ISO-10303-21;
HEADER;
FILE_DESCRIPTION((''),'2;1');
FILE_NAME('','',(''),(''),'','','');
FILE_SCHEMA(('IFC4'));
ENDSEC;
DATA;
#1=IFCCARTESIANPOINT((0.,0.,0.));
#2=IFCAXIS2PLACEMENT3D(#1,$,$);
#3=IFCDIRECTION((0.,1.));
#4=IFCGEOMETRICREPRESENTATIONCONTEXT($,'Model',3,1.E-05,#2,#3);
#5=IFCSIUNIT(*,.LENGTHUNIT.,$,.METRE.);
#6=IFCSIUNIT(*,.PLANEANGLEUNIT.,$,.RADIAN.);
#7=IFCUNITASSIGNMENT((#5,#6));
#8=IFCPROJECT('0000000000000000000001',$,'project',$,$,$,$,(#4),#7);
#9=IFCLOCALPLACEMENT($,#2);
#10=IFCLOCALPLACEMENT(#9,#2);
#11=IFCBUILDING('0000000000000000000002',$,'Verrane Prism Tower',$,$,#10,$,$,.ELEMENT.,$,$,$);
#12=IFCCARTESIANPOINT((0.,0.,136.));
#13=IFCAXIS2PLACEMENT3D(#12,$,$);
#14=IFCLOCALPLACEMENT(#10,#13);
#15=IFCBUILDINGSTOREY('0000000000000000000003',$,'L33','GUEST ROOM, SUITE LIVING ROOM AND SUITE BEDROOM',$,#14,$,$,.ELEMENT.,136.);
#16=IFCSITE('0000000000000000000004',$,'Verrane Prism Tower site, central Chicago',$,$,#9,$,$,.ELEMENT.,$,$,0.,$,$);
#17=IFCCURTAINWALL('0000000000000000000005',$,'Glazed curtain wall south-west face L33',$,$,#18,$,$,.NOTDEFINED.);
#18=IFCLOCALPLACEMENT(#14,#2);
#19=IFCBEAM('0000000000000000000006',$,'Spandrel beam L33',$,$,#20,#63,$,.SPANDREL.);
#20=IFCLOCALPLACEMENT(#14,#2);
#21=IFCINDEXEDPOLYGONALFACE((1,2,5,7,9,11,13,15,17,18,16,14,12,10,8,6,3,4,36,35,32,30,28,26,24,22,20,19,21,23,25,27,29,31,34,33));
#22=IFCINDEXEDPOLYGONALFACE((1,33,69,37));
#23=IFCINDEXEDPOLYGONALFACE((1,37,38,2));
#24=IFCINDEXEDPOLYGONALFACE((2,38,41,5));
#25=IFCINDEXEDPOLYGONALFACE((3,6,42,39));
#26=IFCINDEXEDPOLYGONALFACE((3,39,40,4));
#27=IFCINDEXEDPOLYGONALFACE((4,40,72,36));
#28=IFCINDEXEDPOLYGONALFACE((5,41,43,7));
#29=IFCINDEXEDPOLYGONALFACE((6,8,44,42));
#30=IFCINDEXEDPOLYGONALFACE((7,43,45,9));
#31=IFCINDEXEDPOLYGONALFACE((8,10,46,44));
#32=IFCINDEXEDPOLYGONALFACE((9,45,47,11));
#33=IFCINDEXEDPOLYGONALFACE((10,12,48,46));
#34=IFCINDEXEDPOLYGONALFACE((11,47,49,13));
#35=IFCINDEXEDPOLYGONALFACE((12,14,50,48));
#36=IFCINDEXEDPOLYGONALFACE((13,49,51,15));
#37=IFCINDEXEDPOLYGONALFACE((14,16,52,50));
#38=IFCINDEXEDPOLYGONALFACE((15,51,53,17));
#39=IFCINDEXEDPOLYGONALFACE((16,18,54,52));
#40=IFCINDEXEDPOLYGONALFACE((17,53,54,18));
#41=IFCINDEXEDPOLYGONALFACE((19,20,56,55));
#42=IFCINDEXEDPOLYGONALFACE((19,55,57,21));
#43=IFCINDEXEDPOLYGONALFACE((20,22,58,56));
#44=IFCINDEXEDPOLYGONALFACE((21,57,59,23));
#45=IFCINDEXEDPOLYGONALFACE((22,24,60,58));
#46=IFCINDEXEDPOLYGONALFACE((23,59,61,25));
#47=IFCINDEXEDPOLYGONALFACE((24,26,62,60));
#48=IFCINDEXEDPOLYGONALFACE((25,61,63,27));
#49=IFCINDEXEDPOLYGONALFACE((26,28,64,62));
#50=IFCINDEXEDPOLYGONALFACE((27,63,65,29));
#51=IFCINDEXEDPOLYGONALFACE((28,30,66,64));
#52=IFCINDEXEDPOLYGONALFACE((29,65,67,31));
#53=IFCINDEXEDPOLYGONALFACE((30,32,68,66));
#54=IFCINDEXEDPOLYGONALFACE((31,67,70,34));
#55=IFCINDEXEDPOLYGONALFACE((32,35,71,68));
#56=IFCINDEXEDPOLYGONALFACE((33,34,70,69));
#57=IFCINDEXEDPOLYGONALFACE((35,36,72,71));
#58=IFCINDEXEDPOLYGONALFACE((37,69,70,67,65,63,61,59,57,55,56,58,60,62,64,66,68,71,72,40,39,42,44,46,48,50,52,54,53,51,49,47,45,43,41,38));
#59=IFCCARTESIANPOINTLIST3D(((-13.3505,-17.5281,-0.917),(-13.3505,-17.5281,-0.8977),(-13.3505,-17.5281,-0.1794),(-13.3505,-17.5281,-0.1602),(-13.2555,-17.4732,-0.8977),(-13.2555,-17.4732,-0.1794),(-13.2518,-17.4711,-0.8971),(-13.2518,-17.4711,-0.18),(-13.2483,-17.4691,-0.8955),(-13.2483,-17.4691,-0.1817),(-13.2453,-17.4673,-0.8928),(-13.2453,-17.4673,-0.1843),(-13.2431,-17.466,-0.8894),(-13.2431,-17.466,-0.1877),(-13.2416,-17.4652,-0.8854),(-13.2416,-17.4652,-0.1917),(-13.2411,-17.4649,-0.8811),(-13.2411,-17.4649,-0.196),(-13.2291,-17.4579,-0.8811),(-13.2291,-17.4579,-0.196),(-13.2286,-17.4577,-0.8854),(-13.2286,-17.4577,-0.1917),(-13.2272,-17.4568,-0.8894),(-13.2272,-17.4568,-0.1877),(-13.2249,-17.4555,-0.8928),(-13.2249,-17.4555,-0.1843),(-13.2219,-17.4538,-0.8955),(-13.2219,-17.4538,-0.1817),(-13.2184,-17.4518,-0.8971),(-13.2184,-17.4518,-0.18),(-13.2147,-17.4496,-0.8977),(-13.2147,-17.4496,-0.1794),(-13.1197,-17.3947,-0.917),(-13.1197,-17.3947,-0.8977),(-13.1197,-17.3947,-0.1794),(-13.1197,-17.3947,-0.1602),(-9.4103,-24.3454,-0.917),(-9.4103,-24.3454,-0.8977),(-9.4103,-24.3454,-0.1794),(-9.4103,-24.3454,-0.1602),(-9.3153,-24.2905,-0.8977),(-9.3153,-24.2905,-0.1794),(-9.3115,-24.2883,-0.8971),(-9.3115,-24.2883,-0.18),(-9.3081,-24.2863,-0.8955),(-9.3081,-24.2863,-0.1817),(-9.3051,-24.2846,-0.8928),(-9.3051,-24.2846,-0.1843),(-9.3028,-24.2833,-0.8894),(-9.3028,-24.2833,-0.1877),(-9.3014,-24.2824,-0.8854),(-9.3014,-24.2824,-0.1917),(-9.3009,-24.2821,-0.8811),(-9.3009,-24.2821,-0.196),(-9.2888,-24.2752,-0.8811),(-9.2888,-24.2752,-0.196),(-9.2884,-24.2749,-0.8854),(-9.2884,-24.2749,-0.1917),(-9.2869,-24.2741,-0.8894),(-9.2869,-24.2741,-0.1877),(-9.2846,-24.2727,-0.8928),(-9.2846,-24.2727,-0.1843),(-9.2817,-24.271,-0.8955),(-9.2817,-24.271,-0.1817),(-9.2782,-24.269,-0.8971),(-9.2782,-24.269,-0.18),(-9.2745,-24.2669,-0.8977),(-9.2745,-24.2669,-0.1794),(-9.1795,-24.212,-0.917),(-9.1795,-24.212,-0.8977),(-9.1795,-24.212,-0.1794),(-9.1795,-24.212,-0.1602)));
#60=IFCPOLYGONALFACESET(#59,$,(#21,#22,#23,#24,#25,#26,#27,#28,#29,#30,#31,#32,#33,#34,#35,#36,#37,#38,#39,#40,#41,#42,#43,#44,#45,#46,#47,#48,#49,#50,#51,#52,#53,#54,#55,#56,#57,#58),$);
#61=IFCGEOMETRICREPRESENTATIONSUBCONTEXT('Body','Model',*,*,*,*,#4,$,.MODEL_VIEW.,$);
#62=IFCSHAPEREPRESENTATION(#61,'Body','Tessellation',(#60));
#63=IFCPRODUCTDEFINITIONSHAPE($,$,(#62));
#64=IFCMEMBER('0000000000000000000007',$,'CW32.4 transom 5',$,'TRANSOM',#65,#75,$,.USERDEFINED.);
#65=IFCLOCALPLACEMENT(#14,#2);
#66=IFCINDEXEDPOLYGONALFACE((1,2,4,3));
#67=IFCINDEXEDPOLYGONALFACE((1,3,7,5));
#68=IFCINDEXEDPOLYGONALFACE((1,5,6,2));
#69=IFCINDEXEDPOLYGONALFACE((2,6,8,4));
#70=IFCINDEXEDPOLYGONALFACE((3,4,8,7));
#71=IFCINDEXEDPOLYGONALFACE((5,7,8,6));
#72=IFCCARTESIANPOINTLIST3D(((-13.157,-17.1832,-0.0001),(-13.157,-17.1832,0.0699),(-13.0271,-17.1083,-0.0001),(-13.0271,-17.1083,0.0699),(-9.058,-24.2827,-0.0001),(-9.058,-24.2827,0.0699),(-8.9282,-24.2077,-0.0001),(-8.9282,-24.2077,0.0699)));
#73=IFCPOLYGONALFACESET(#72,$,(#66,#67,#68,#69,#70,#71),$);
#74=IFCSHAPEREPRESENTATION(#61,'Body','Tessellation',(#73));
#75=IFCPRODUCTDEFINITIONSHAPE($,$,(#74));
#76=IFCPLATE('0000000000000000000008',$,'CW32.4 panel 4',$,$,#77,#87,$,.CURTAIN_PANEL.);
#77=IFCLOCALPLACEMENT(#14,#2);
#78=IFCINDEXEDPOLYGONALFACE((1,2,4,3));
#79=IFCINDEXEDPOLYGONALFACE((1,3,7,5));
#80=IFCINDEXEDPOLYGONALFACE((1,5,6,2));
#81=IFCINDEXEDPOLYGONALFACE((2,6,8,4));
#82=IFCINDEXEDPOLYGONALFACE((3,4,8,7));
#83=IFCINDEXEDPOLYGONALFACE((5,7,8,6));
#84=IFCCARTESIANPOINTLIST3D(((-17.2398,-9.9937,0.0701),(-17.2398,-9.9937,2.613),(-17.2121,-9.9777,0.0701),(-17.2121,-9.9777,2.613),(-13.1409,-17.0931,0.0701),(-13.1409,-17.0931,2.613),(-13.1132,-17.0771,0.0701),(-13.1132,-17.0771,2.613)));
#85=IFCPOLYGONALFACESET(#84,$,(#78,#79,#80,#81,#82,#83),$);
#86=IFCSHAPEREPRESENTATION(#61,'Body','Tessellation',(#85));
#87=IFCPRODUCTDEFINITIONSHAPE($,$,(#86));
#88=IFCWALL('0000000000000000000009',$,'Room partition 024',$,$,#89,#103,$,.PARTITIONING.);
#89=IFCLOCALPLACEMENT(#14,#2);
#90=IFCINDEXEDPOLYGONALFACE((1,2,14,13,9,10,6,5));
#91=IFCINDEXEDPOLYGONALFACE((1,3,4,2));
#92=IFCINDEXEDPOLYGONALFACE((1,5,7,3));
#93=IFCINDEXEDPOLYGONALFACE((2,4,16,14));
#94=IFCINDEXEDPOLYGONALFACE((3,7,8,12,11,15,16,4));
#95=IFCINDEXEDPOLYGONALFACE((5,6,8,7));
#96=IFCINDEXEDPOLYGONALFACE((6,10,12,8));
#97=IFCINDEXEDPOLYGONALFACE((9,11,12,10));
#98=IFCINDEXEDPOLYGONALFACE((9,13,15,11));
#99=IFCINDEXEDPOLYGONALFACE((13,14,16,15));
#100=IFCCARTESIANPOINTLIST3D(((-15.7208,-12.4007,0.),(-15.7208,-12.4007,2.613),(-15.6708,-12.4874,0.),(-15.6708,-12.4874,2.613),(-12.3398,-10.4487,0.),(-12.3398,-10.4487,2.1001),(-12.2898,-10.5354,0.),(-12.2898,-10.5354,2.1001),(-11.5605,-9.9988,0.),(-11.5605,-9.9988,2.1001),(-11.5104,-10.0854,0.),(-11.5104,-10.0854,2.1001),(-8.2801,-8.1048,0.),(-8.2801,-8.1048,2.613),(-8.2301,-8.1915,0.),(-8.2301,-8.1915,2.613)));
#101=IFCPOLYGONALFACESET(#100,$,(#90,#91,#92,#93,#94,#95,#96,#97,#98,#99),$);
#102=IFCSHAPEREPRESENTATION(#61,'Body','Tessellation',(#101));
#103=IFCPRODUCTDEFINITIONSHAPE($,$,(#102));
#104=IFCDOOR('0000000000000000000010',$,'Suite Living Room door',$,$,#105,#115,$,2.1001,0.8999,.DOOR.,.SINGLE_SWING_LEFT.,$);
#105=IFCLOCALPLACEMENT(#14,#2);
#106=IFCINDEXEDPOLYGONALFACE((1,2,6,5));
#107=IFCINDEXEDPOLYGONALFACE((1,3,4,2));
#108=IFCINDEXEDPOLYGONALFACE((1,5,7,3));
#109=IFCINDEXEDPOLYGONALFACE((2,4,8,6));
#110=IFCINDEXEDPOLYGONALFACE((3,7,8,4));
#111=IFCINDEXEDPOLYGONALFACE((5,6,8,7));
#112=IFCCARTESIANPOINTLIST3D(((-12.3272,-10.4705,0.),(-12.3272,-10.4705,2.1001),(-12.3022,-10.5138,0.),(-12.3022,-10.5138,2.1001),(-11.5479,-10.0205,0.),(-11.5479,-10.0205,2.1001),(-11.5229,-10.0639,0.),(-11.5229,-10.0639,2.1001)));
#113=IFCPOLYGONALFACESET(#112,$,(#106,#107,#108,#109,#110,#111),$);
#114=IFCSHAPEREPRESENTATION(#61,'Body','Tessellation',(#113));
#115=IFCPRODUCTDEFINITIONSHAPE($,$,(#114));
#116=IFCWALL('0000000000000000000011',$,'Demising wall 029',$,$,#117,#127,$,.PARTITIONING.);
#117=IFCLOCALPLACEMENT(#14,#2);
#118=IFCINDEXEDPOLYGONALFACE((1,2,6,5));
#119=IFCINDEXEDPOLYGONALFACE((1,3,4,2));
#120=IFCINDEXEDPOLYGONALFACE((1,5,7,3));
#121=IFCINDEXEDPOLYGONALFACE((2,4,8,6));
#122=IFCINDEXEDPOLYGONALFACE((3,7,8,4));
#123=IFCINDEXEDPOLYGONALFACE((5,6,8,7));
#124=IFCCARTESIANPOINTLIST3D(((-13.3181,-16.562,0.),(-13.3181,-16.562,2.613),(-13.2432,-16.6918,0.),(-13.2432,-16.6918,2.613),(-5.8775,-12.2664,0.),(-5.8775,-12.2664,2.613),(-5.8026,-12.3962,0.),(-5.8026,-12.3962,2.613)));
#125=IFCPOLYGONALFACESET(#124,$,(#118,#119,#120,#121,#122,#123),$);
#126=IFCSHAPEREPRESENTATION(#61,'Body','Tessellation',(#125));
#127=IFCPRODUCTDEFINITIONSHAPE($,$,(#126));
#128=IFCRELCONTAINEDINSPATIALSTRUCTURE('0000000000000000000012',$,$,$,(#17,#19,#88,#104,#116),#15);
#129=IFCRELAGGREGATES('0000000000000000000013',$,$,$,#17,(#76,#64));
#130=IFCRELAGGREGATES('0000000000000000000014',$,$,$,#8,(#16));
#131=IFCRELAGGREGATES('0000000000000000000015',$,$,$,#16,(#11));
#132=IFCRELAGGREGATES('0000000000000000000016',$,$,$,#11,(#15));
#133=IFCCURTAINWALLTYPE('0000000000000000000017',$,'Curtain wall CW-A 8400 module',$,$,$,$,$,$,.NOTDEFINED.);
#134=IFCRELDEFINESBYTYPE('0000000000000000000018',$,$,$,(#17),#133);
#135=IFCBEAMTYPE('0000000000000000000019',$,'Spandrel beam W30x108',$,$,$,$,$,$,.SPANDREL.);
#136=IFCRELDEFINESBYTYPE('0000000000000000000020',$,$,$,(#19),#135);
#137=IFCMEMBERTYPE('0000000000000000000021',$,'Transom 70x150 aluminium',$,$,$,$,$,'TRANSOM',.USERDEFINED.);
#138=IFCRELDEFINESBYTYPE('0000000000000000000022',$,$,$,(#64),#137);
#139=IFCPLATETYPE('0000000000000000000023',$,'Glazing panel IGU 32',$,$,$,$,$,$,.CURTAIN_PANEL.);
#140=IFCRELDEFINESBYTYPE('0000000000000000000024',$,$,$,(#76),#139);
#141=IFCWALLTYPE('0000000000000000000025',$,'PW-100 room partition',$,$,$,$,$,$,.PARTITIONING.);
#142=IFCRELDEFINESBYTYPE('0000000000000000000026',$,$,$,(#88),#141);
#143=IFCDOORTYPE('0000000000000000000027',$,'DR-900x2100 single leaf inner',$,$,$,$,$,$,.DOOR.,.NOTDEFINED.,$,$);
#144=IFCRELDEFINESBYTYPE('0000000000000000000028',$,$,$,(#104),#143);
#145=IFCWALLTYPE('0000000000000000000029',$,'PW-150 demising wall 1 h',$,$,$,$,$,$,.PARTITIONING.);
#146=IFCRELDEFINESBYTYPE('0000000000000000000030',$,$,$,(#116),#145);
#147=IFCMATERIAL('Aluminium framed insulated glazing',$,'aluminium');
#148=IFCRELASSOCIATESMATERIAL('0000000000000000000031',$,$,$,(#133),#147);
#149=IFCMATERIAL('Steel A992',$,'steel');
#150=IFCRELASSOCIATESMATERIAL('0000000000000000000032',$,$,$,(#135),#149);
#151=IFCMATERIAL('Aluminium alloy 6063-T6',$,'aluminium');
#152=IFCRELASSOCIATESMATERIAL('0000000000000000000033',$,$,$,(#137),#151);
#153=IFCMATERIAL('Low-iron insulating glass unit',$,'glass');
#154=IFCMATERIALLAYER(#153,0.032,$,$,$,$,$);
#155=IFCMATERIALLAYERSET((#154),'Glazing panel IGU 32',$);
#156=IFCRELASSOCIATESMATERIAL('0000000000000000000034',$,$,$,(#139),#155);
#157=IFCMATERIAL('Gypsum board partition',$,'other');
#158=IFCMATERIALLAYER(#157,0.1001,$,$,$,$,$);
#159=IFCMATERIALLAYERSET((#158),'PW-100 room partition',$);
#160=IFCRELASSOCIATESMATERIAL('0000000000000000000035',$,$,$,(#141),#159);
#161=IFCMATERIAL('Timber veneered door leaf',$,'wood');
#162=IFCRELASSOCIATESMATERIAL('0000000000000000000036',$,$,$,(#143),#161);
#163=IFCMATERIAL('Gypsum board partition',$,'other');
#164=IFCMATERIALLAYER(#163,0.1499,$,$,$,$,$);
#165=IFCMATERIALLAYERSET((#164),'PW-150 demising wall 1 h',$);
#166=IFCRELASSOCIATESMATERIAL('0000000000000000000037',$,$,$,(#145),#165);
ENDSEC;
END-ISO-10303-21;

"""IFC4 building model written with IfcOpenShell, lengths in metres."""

from ifc_helpers import new_model, si_unit, direction, frame, frame_2d, origin, origin_2d, place, context, subcontext, project, spatial, rectangle, i_section, extrude, material, layer, layer_set, material_profile, profile_set, type_object, element, fill, aggregate, save


model = new_model("IFC4")

# Units and contexts
model_context = context("Model", 3, precision=1e-05, world=origin(), true_north=direction((0.0, 1.0)))
body_context = subcontext(model_context, "Body", "Model", "MODEL_VIEW")
ifc_project = project(units=[si_unit("LENGTHUNIT", "METRE"), si_unit("PLANEANGLEUNIT", "RADIAN")], contexts=[model_context])

# Site, building, storey
site_placement = place(None, origin())
site = spatial("IfcSite", under=ifc_project, at=site_placement, Name="Verrane Prism Tower site, central Chicago", CompositionType="ELEMENT", RefElevation=0.0)
building_placement = place(site_placement, origin())
building = spatial("IfcBuilding", under=site, at=building_placement, Name="Verrane Prism Tower", CompositionType="ELEMENT")
storey_placement = place(building_placement, frame((0.0, 0.0, 136.0)))
storey = spatial("IfcBuildingStorey", under=building, at=storey_placement, Name="L33", Description="GUEST ROOM, SUITE LIVING ROOM AND SUITE BEDROOM", CompositionType="ELEMENT", Elevation=136.0)

# Curtain wall
ifc_material_1 = material(Name="Aluminium framed insulated glazing", Category="aluminium")
curtain_wall_type = type_object("IfcCurtainWallType", Name="Curtain wall CW-A 8400 module", PredefinedType="NOTDEFINED", material=ifc_material_1)
curtain_wall_placement = place(storey_placement, origin())
curtain_wall = element("IfcCurtainWall", 1, at=curtain_wall_placement, inside=storey, type_object=curtain_wall_type, Name="Glazed curtain wall south-west face L33", PredefinedType="NOTDEFINED")

# Beam
ifc_material_2 = material(Name="Steel A992", Category="steel")
ifc_material_profile_1 = material_profile(ifc_material_2, i_section(OverallWidth=0.2666, OverallDepth=0.7568, WebThickness=0.0139, FlangeThickness=0.0193, FilletRadius=0.0166, at=origin_2d()), Name="W30x108")
ifc_profile_set_1 = profile_set([ifc_material_profile_1], Name="Steel A992")
beam_type_1 = type_object("IfcBeamType", Name="Spandrel beam W30x108", PredefinedType="SPANDREL", material=ifc_profile_set_1)
for number, where, z_axis, x_axis, name in (
    (2, (-13.2351, -17.4614, -0.5386), (0.50041, -0.865788, 0.0), (0.865788, 0.50041, 0.0), "Spandrel beam L33"),
):
    element("IfcBeam", number, at=place(storey_placement, frame(where, z_axis=z_axis, x_axis=x_axis)), inside=storey, type_object=beam_type_1, Name=name, PredefinedType="SPANDREL", context=body_context, shape_type="SweptSolid", body=[
        extrude(i_section(OverallWidth=0.2666, OverallDepth=0.7568, WebThickness=0.0139, FlangeThickness=0.0193, FilletRadius=0.0166, at=origin_2d()), origin(), (0.0, 0.0, 1.0), 7.874),
    ])

# Member
ifc_material_3 = material(Name="Aluminium alloy 6063-T6", Category="aluminium")
ifc_material_profile_2 = material_profile(ifc_material_3, rectangle(XDim=0.1499, YDim=0.0701, at=origin_2d()), Name="Transom 70x150 aluminium")
ifc_profile_set_2 = profile_set([ifc_material_profile_2], Name="Aluminium alloy 6063-T6")
member_type_1 = type_object("IfcMemberType", Name="Transom 70x150 aluminium", ElementType="TRANSOM", PredefinedType="USERDEFINED", material=ifc_profile_set_2)
member_1_placement = place(storey_placement, frame((-13.092, -17.1458, 0.0349), z_axis=(0.500005, -0.866022, 0.0), x_axis=(0.866022, 0.500005, 0.0)))
member_1 = element("IfcMember", 3, at=member_1_placement, type_object=member_type_1, Name="CW32.4 transom 5", ObjectType="TRANSOM", PredefinedType="USERDEFINED", context=body_context, shape_type="SweptSolid", body=[
    extrude(rectangle(XDim=0.1499, YDim=0.0701, at=origin_2d()), origin(), (0.0, 0.0, 1.0), 8.1978),
])

# Plate
ifc_material_4 = material(Name="Low-iron insulating glass unit", Category="glass")
ifc_layer_1 = layer(ifc_material_4, 0.032)
ifc_layer_set_1 = layer_set([ifc_layer_1], Name="Glazing panel IGU 32")
plate_type = type_object("IfcPlateType", Name="Glazing panel IGU 32", PredefinedType="CURTAIN_PANEL", material=ifc_layer_set_1)
plate_placement = place(storey_placement, frame((-15.1765, -13.5354, 0.0701), z_axis=(0.0, 0.0, 1.0), x_axis=(0.5, -0.866025, 0.0)))
plate = element("IfcPlate", 4, at=plate_placement, type_object=plate_type, Name="CW32.4 panel 4", PredefinedType="CURTAIN_PANEL", context=body_context, shape_type="SweptSolid", body=[
    extrude(rectangle(XDim=8.1978, YDim=0.032, at=origin_2d()), origin(), (0.0, 0.0, 1.0), 2.543),
])
aggregate(curtain_wall, [plate, member_1])

# Wall, opening, door
ifc_material_5 = material(Name="Gypsum board partition", Category="other")
ifc_layer_2 = layer(ifc_material_5, 0.1001)
ifc_layer_set_2 = layer_set([ifc_layer_2], Name="PW-100 room partition")
wall_type_1 = type_object("IfcWallType", Name="PW-100 room partition", PredefinedType="PARTITIONING", material=ifc_layer_set_2)
wall_1_placement = place(storey_placement, frame((-15.6958, -12.4441, 0.0), z_axis=(0.0, 0.0, 1.0), x_axis=(0.866024, 0.500002, 0.0)))
wall_1 = element("IfcWall", 5, at=wall_1_placement, inside=storey, type_object=wall_type_1, Name="Room partition 024", PredefinedType="PARTITIONING", context=body_context, shape_type="SweptSolid", body=[
    extrude(rectangle(XDim=8.5918, YDim=0.1001, at=frame_2d((4.2959, 0.0))), origin(), (0.0, 0.0, 1.0), 2.613),
])
opening_placement = place(wall_1_placement, frame((3.9041, 0.0, 0.0)))
opening = element("IfcOpeningElement", 6, at=opening_placement, cuts=wall_1, PredefinedType="OPENING", context=body_context, shape_type="SweptSolid", body=[
    extrude(rectangle(XDim=0.8999, YDim=2.1001, at=frame_2d((0.45, 1.05))), frame((0.0, 0.0601, 0.0), z_axis=(0.0, -1.0, 0.0), x_axis=(1.0, 0.0, 0.0)), (0.0, 0.0, 1.0), 0.1201),
])
ifc_material_6 = material(Name="Timber veneered door leaf", Category="wood")
door_type = type_object("IfcDoorType", Name="DR-900x2100 single leaf inner", OperationType="NOTDEFINED", PredefinedType="DOOR", material=ifc_material_6)
door_placement = place(opening_placement, origin())
door = element("IfcDoor", 7, at=door_placement, inside=storey, type_object=door_type, Name="Suite Living Room door", OperationType="SINGLE_SWING_LEFT", OverallHeight=2.1001, OverallWidth=0.8999, PredefinedType="DOOR", context=body_context, shape_type="SweptSolid", body=[
    extrude(rectangle(XDim=0.8999, YDim=2.1001, at=frame_2d((0.45, 1.05))), frame((0.0, 0.0249, 0.0), z_axis=(0.0, -1.0, 0.0), x_axis=(1.0, 0.0, 0.0)), (0.0, 0.0, 1.0), 0.05),
])
fill(opening, door)

# Wall
ifc_material_7 = material(Name="Gypsum board partition", Category="other")
ifc_layer_3 = layer(ifc_material_7, 0.1499)
ifc_layer_set_3 = layer_set([ifc_layer_3], Name="PW-150 demising wall 1 h")
wall_type_2 = type_object("IfcWallType", Name="PW-150 demising wall 1 h", PredefinedType="PARTITIONING", material=ifc_layer_set_3)
wall_2_placement = place(storey_placement, frame((-13.2808, -16.627, 0.0), z_axis=(0.0, 0.0, 1.0), x_axis=(0.866037, 0.499981, 0.0)))
element("IfcWall", 8, at=wall_2_placement, inside=storey, type_object=wall_type_2, Name="Demising wall 029", PredefinedType="PARTITIONING", context=body_context, shape_type="SweptSolid", body=[
    extrude(rectangle(XDim=8.5916, YDim=0.1499, at=frame_2d((4.2959, 0.0))), origin(), (0.0, 0.0, 1.0), 2.613),
])

save(model, "model.ifc")
